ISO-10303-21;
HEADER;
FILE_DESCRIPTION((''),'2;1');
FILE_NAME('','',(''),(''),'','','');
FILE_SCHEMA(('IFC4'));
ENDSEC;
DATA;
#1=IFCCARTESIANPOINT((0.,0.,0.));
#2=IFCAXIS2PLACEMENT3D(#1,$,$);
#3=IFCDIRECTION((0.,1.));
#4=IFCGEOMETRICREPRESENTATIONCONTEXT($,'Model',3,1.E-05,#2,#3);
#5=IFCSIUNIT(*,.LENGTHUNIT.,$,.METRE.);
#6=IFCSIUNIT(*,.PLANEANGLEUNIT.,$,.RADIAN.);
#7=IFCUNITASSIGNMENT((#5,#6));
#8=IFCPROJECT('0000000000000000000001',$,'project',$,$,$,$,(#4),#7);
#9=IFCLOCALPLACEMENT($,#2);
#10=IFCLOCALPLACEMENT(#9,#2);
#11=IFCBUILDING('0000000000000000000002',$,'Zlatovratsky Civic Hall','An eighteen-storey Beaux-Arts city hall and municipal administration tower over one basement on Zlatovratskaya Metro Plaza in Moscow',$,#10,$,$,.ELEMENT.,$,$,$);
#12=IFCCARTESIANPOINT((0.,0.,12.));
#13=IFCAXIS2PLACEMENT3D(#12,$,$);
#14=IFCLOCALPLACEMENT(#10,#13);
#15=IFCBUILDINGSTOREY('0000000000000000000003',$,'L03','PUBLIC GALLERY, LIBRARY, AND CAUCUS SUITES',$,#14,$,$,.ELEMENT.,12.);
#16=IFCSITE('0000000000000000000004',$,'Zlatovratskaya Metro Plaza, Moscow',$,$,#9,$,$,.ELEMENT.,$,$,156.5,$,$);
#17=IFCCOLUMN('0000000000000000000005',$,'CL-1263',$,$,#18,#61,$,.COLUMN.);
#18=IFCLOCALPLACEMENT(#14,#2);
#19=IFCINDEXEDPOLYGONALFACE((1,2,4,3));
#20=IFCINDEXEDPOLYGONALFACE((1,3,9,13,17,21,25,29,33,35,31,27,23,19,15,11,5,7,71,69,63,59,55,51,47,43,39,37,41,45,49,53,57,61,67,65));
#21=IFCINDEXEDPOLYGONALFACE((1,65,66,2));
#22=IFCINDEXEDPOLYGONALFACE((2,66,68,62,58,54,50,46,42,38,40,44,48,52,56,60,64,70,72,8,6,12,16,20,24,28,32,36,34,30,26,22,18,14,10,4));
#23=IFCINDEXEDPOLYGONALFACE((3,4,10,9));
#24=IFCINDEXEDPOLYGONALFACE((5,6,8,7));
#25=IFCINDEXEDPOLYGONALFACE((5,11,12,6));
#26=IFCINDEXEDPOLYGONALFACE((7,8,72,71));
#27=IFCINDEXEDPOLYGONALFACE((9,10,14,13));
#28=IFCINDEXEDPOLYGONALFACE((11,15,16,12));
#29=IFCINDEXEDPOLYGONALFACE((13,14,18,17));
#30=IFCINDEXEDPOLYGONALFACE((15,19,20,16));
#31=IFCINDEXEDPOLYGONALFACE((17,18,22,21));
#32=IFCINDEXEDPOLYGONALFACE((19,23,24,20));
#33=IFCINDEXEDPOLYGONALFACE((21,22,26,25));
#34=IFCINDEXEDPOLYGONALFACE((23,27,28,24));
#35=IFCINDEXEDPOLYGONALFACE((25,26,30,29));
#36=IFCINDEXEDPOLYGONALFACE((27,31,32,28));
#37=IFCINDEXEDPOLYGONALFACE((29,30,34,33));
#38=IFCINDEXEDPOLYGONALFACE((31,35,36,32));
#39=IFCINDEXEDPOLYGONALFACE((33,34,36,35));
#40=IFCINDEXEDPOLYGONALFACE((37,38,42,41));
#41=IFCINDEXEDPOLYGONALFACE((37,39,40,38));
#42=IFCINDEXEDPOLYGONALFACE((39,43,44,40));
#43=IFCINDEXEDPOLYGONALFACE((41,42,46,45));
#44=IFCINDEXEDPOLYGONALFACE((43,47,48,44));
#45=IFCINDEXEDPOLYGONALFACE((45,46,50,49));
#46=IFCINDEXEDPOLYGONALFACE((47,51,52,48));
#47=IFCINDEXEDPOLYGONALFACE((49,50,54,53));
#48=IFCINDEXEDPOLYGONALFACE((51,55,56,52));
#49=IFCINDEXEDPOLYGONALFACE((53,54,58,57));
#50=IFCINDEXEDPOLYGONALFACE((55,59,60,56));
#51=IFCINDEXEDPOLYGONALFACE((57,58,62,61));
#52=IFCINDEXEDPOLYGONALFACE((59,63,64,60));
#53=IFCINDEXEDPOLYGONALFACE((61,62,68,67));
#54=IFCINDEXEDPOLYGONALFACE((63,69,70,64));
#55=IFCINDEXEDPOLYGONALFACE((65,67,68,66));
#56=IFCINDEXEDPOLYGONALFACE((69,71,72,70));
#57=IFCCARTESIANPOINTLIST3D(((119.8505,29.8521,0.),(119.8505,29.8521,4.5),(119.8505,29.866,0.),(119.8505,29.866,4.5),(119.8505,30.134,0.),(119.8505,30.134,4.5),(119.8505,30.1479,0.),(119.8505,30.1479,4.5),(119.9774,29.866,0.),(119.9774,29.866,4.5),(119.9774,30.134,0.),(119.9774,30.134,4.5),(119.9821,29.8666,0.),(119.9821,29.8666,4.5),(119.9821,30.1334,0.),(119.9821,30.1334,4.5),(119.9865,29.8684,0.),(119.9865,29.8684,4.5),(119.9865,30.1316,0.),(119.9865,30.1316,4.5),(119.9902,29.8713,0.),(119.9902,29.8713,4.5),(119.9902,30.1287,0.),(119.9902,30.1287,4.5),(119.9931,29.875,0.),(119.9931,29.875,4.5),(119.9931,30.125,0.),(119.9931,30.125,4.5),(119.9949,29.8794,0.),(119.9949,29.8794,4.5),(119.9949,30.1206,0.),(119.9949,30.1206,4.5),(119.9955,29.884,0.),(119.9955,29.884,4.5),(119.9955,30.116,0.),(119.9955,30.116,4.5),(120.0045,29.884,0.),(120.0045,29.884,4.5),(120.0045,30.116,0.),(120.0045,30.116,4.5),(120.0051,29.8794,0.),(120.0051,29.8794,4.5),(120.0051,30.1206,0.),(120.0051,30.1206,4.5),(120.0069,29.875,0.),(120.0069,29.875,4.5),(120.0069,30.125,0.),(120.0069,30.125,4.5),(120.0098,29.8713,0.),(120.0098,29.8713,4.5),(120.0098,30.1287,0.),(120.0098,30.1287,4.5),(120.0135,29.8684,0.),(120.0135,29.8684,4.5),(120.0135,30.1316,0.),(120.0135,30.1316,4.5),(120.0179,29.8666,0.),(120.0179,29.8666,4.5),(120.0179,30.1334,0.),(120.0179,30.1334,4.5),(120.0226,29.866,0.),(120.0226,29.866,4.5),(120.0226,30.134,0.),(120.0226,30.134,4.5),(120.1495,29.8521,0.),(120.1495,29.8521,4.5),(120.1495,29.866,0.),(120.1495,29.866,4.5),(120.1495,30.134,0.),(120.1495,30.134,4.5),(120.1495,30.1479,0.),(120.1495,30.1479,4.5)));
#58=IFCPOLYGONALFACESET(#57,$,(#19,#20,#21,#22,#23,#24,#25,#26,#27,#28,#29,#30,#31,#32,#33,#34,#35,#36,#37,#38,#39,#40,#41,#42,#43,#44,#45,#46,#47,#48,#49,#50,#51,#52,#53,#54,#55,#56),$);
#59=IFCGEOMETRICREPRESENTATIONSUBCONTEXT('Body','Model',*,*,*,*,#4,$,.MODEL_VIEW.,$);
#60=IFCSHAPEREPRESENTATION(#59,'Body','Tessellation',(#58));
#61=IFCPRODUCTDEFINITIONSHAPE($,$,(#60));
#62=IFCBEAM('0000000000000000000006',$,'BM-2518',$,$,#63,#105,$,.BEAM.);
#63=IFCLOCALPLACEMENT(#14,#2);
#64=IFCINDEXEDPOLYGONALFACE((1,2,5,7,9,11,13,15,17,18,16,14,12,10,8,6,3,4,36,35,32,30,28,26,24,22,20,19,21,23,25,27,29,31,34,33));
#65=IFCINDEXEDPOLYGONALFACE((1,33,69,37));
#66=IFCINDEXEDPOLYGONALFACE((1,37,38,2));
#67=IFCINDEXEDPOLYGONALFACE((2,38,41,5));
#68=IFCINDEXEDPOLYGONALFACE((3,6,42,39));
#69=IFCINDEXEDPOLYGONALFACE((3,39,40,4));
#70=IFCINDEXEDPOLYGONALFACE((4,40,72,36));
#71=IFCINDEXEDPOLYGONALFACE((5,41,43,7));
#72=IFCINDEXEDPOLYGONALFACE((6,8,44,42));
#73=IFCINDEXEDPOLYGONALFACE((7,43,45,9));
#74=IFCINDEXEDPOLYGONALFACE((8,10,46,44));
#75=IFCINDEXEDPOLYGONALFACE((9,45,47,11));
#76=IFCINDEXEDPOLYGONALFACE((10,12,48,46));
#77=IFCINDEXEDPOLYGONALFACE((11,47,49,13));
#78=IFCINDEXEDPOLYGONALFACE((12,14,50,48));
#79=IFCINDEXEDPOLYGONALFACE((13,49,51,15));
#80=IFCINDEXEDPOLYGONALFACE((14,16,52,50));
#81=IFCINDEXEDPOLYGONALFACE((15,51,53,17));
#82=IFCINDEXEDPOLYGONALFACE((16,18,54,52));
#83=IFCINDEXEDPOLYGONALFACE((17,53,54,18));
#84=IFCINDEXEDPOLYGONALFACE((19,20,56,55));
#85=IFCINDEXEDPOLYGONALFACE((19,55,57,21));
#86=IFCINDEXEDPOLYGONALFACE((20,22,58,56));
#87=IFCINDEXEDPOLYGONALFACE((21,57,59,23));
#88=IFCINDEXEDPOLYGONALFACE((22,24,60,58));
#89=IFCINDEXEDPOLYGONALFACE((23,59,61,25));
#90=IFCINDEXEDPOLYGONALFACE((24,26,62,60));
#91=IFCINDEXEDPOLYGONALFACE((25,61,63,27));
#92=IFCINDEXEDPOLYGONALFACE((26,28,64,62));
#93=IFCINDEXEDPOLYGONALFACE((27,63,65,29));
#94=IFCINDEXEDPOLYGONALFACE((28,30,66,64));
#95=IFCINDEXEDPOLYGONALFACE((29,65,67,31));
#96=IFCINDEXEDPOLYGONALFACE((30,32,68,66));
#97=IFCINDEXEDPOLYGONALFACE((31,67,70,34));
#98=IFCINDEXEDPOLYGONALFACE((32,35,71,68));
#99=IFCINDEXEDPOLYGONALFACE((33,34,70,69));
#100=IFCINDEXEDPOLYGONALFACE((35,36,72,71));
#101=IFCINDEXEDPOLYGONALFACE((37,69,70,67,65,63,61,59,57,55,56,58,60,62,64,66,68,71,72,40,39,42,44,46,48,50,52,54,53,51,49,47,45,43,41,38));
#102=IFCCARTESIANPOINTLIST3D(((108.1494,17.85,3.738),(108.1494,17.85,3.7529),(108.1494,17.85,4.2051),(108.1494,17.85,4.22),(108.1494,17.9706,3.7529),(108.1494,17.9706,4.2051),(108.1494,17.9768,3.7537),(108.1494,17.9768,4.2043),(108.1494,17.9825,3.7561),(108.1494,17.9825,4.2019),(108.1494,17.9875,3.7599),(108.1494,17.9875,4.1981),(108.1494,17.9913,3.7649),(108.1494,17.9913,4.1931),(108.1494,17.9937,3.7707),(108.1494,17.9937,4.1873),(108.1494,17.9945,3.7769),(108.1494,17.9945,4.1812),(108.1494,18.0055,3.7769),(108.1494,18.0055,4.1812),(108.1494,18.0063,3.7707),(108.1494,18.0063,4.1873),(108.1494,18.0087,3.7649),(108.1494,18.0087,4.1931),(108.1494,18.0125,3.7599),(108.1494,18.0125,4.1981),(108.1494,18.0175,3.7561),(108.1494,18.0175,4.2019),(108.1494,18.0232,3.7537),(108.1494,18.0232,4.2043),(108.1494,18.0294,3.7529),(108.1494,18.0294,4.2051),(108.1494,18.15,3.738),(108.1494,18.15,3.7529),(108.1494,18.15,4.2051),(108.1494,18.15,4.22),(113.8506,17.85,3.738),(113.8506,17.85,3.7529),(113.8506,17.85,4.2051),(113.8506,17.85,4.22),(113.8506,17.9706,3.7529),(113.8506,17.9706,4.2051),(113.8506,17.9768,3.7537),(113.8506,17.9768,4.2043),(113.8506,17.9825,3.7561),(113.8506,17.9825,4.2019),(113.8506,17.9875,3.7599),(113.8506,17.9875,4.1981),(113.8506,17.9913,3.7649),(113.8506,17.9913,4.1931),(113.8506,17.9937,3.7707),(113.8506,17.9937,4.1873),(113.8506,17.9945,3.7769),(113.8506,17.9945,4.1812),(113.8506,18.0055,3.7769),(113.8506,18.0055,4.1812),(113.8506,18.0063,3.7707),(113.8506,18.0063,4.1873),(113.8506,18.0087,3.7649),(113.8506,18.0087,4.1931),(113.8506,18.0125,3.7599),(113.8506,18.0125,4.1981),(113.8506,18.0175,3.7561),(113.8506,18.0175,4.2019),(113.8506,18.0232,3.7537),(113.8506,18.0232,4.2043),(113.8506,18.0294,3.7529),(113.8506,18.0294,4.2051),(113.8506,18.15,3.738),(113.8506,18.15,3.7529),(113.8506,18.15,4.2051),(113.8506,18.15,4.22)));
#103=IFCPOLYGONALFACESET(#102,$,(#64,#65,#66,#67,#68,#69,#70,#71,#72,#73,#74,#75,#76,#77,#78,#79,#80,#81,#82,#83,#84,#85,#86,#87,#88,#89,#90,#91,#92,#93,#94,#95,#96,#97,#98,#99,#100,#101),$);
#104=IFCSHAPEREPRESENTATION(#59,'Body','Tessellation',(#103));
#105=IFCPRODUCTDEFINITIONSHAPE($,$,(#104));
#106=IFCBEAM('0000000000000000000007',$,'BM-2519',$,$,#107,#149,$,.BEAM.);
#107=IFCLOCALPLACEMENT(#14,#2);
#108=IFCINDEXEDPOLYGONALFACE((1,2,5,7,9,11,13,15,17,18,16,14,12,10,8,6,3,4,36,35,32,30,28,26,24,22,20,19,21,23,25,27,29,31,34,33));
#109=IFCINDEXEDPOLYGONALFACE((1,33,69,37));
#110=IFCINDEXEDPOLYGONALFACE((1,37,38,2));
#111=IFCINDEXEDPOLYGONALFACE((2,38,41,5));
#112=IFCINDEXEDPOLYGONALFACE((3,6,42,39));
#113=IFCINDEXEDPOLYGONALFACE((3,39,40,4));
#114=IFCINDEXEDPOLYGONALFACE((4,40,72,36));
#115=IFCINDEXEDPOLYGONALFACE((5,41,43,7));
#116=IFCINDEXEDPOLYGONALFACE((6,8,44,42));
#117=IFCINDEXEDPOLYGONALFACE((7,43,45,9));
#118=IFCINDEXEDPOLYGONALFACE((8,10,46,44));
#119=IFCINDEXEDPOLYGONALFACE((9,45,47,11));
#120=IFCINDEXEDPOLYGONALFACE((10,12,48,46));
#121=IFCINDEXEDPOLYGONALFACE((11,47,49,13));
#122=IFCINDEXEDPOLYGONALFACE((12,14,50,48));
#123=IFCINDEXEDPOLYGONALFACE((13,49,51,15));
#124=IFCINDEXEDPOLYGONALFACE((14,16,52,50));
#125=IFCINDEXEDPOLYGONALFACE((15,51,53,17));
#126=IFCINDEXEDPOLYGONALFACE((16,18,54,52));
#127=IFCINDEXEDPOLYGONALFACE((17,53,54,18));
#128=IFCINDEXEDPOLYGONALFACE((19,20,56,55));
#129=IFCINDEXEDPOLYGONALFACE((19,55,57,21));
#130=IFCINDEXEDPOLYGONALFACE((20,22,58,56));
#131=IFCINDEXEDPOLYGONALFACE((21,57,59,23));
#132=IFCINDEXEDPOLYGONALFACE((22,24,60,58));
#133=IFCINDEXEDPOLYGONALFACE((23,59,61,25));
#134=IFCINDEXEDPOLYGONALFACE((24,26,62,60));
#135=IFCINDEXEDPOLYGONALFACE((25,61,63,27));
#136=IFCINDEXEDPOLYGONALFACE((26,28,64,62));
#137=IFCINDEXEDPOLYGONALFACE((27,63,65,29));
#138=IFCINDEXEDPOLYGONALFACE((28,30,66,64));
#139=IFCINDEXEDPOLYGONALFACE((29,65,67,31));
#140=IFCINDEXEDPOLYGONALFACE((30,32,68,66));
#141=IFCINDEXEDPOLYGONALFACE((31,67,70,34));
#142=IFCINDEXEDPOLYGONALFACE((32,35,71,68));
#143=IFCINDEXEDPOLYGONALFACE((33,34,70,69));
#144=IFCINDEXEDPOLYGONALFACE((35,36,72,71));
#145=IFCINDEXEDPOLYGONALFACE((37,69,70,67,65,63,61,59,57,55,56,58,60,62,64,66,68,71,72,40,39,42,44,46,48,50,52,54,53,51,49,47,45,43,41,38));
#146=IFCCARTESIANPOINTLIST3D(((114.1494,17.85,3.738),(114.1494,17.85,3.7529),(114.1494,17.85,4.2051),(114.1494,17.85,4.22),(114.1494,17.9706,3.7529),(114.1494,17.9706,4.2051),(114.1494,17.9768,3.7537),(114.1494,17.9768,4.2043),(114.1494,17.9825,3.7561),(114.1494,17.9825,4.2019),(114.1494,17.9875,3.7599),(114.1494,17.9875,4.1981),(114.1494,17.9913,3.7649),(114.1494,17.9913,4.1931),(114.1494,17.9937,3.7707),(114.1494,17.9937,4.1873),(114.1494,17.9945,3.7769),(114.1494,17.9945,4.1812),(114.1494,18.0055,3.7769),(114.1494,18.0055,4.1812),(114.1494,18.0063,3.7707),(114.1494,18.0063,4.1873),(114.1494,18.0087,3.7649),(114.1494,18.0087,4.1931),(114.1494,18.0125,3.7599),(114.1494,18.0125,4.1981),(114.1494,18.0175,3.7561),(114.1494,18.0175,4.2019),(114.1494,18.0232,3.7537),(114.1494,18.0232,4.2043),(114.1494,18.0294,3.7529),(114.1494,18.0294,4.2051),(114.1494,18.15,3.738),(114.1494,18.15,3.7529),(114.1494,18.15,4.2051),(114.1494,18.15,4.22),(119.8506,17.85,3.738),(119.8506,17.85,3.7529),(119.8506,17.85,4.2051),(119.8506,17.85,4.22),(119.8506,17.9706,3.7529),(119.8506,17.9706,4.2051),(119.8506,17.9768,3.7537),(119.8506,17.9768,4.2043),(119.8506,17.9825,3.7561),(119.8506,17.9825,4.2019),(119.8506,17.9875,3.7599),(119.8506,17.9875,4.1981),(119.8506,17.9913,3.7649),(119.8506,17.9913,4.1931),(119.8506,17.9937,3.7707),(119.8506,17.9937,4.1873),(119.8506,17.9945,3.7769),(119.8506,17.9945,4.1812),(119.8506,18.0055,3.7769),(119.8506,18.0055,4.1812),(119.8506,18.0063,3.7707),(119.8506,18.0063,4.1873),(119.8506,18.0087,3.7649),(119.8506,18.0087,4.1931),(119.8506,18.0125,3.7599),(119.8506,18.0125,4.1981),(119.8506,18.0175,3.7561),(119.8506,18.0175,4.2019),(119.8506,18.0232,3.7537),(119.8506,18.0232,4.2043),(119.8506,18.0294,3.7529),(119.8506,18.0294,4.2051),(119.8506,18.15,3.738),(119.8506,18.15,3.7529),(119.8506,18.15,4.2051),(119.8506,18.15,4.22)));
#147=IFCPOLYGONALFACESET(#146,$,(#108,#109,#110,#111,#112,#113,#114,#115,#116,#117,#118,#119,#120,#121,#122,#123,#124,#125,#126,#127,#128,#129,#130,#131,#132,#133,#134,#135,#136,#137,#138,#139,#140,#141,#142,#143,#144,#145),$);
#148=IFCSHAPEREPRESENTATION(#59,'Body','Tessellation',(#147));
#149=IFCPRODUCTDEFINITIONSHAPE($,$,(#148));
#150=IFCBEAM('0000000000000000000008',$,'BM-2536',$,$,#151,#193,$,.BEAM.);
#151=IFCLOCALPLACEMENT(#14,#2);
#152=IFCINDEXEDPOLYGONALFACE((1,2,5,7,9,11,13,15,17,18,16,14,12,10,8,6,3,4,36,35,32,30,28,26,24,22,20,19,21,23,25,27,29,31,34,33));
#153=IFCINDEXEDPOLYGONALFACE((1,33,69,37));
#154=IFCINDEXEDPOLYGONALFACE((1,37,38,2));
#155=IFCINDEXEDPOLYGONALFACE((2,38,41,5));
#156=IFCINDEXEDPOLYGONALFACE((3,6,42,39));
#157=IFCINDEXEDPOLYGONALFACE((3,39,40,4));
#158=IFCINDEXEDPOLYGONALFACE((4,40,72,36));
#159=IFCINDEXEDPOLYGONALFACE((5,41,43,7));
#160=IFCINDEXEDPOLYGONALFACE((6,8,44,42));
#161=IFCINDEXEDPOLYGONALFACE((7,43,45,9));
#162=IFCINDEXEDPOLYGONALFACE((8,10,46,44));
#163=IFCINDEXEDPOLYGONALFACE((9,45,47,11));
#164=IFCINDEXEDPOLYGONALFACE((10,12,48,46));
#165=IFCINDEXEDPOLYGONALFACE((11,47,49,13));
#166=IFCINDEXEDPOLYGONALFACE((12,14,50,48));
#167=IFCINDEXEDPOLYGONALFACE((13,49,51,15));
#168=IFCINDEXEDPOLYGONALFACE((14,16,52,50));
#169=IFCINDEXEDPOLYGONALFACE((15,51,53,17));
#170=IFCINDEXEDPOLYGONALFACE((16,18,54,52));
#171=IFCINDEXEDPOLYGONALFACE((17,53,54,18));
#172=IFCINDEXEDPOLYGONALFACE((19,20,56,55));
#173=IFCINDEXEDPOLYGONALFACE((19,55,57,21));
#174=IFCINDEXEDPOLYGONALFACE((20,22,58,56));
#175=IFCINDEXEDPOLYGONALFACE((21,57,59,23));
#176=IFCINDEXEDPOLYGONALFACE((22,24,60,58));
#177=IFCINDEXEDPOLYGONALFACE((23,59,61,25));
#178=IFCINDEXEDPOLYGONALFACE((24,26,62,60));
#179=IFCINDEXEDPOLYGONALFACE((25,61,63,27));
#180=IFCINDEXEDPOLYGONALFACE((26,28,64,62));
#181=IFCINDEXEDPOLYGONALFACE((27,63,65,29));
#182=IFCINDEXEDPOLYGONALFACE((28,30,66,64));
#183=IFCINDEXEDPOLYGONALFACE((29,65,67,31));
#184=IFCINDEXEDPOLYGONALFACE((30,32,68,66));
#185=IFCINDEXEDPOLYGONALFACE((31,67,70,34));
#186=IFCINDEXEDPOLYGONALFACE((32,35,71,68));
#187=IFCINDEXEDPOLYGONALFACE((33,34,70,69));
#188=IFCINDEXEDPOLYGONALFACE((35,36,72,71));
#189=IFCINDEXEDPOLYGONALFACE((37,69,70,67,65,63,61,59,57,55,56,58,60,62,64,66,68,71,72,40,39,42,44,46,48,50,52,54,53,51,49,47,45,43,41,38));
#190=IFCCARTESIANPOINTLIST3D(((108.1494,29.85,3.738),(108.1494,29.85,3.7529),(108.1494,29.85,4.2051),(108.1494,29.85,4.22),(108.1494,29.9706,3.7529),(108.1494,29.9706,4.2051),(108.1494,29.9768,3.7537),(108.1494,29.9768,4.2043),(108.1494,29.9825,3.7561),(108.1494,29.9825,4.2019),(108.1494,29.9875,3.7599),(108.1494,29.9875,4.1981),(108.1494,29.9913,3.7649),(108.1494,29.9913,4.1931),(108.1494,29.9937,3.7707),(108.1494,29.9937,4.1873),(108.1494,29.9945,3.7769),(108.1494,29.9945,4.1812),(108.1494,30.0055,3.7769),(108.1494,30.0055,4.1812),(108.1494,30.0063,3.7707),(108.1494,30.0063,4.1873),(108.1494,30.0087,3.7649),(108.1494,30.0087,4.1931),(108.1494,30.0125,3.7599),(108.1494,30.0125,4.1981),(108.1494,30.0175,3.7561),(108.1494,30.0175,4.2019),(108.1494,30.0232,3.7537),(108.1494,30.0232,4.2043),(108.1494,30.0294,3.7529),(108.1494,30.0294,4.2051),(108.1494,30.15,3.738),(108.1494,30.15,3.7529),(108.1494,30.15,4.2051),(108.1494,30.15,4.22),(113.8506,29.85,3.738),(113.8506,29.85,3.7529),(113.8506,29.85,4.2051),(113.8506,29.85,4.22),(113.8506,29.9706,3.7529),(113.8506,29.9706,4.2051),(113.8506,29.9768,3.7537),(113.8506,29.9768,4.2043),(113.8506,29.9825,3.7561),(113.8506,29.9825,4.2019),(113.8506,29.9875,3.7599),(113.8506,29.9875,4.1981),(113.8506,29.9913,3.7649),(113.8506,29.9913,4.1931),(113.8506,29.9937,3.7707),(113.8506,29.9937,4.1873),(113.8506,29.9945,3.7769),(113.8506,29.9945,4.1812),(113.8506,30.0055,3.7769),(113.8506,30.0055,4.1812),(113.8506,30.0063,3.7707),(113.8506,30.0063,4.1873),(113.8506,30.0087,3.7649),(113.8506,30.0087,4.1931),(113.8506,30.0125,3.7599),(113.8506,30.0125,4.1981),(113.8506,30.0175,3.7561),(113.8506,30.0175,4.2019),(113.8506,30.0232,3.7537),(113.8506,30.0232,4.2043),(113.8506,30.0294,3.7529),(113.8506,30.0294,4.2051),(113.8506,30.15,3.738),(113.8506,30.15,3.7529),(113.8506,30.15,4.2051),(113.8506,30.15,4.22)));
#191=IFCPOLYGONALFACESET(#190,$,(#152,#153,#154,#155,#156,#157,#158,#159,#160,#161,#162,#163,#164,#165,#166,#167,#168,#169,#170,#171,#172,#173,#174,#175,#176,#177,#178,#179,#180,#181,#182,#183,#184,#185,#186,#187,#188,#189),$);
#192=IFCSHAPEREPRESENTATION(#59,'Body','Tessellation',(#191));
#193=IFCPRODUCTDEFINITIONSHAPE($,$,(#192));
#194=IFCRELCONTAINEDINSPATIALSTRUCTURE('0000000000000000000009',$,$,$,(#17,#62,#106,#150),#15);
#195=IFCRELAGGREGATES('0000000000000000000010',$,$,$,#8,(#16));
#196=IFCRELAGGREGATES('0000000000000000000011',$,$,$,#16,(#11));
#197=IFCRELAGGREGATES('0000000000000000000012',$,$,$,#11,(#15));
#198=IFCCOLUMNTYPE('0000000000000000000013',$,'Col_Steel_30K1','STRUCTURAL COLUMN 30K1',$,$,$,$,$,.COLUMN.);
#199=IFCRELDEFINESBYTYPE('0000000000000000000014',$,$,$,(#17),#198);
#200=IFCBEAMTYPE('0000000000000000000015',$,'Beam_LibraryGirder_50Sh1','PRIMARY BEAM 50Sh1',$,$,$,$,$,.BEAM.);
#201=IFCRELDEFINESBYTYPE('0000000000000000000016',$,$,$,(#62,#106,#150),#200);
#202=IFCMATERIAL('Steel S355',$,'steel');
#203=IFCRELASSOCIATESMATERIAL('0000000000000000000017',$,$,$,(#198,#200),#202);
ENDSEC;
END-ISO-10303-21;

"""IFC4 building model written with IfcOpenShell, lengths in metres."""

from ifc_helpers import new_model, si_unit, direction, frame, origin, origin_2d, place, context, subcontext, project, spatial, i_section, extrude, material, material_profile, profile_set, type_object, element, save


model = new_model("IFC4")

# Units and contexts
model_context = context("Model", 3, precision=1e-05, world=origin(), true_north=direction((0.0, 1.0)))
body_context = subcontext(model_context, "Body", "Model", "MODEL_VIEW")
ifc_project = project(units=[si_unit("LENGTHUNIT", "METRE"), si_unit("PLANEANGLEUNIT", "RADIAN")], contexts=[model_context])

# Site, building, storey
site_placement = place(None, origin())
site = spatial("IfcSite", under=ifc_project, at=site_placement, Name="Zlatovratskaya Metro Plaza, Moscow", CompositionType="ELEMENT", RefElevation=156.5)
building_placement = place(site_placement, origin())
building = spatial("IfcBuilding", under=site, at=building_placement, Name="Zlatovratsky Civic Hall", Description="An eighteen-storey Beaux-Arts city hall and municipal administration tower over one basement on Zlatovratskaya Metro Plaza in Moscow", CompositionType="ELEMENT")
storey_placement = place(building_placement, frame((0.0, 0.0, 12.0)))
storey = spatial("IfcBuildingStorey", under=building, at=storey_placement, Name="L03", Description="PUBLIC GALLERY, LIBRARY, AND CAUCUS SUITES", CompositionType="ELEMENT", Elevation=12.0)

# Column
ifc_material_1 = material(Name="Steel S355", Category="steel")
ifc_material_profile_1 = material_profile(ifc_material_1, i_section(OverallWidth=0.2991, OverallDepth=0.2959, WebThickness=0.009, FlangeThickness=0.0139, FilletRadius=0.0181, at=origin_2d()), Name="30K1")
ifc_profile_set_1 = profile_set([ifc_material_profile_1], Name="Steel S355")
column_type = type_object("IfcColumnType", Name="Col_Steel_30K1", Description="STRUCTURAL COLUMN 30K1", PredefinedType="COLUMN", material=ifc_profile_set_1)
for number, where, z_axis, x_axis, name in (
    (1, (120.0, 30.0, 0.0), (0.0, 0.0, 1.0), (1.0, 0.0, 0.0), "CL-1263"),
):
    element("IfcColumn", number, at=place(storey_placement, frame(where, z_axis=z_axis, x_axis=x_axis)), inside=storey, type_object=column_type, Name=name, PredefinedType="COLUMN", context=body_context, shape_type="SweptSolid", body=[
        extrude(i_section(OverallWidth=0.2991, OverallDepth=0.2959, WebThickness=0.009, FlangeThickness=0.0139, FilletRadius=0.0181, at=origin_2d()), origin(), (0.0, 0.0, 1.0), 4.5),
    ])

# Beams
ifc_material_profile_2 = material_profile(ifc_material_1, i_section(OverallWidth=0.3, OverallDepth=0.4819, WebThickness=0.011, FlangeThickness=0.0149, FilletRadius=0.0239, at=origin_2d()), Name="50Sh1")
ifc_profile_set_2 = profile_set([ifc_material_profile_2], Name="Steel S355")
beam_type_1 = type_object("IfcBeamType", Name="Beam_LibraryGirder_50Sh1", Description="PRIMARY BEAM 50Sh1", PredefinedType="BEAM", material=ifc_profile_set_2)
for number, where, z_axis, x_axis, name in (
    (2, (108.1494, 18.0, 3.979), (1.0, 0.0, 0.0), (0.0, 1.0, 0.0), "BM-2518"),
    (3, (114.1494, 18.0, 3.979), (1.0, 0.0, 0.0), (0.0, 1.0, 0.0), "BM-2519"),
    (4, (108.1494, 30.0, 3.979), (1.0, 0.0, 0.0), (0.0, 1.0, 0.0), "BM-2536"),
):
    element("IfcBeam", number, at=place(storey_placement, frame(where, z_axis=z_axis, x_axis=x_axis)), inside=storey, type_object=beam_type_1, Name=name, PredefinedType="BEAM", context=body_context, shape_type="SweptSolid", body=[
        extrude(i_section(OverallWidth=0.3, OverallDepth=0.4819, WebThickness=0.011, FlangeThickness=0.0149, FilletRadius=0.0239, at=origin_2d()), origin(), (0.0, 0.0, 1.0), 5.7012),
    ])

save(model, "model.ifc")
